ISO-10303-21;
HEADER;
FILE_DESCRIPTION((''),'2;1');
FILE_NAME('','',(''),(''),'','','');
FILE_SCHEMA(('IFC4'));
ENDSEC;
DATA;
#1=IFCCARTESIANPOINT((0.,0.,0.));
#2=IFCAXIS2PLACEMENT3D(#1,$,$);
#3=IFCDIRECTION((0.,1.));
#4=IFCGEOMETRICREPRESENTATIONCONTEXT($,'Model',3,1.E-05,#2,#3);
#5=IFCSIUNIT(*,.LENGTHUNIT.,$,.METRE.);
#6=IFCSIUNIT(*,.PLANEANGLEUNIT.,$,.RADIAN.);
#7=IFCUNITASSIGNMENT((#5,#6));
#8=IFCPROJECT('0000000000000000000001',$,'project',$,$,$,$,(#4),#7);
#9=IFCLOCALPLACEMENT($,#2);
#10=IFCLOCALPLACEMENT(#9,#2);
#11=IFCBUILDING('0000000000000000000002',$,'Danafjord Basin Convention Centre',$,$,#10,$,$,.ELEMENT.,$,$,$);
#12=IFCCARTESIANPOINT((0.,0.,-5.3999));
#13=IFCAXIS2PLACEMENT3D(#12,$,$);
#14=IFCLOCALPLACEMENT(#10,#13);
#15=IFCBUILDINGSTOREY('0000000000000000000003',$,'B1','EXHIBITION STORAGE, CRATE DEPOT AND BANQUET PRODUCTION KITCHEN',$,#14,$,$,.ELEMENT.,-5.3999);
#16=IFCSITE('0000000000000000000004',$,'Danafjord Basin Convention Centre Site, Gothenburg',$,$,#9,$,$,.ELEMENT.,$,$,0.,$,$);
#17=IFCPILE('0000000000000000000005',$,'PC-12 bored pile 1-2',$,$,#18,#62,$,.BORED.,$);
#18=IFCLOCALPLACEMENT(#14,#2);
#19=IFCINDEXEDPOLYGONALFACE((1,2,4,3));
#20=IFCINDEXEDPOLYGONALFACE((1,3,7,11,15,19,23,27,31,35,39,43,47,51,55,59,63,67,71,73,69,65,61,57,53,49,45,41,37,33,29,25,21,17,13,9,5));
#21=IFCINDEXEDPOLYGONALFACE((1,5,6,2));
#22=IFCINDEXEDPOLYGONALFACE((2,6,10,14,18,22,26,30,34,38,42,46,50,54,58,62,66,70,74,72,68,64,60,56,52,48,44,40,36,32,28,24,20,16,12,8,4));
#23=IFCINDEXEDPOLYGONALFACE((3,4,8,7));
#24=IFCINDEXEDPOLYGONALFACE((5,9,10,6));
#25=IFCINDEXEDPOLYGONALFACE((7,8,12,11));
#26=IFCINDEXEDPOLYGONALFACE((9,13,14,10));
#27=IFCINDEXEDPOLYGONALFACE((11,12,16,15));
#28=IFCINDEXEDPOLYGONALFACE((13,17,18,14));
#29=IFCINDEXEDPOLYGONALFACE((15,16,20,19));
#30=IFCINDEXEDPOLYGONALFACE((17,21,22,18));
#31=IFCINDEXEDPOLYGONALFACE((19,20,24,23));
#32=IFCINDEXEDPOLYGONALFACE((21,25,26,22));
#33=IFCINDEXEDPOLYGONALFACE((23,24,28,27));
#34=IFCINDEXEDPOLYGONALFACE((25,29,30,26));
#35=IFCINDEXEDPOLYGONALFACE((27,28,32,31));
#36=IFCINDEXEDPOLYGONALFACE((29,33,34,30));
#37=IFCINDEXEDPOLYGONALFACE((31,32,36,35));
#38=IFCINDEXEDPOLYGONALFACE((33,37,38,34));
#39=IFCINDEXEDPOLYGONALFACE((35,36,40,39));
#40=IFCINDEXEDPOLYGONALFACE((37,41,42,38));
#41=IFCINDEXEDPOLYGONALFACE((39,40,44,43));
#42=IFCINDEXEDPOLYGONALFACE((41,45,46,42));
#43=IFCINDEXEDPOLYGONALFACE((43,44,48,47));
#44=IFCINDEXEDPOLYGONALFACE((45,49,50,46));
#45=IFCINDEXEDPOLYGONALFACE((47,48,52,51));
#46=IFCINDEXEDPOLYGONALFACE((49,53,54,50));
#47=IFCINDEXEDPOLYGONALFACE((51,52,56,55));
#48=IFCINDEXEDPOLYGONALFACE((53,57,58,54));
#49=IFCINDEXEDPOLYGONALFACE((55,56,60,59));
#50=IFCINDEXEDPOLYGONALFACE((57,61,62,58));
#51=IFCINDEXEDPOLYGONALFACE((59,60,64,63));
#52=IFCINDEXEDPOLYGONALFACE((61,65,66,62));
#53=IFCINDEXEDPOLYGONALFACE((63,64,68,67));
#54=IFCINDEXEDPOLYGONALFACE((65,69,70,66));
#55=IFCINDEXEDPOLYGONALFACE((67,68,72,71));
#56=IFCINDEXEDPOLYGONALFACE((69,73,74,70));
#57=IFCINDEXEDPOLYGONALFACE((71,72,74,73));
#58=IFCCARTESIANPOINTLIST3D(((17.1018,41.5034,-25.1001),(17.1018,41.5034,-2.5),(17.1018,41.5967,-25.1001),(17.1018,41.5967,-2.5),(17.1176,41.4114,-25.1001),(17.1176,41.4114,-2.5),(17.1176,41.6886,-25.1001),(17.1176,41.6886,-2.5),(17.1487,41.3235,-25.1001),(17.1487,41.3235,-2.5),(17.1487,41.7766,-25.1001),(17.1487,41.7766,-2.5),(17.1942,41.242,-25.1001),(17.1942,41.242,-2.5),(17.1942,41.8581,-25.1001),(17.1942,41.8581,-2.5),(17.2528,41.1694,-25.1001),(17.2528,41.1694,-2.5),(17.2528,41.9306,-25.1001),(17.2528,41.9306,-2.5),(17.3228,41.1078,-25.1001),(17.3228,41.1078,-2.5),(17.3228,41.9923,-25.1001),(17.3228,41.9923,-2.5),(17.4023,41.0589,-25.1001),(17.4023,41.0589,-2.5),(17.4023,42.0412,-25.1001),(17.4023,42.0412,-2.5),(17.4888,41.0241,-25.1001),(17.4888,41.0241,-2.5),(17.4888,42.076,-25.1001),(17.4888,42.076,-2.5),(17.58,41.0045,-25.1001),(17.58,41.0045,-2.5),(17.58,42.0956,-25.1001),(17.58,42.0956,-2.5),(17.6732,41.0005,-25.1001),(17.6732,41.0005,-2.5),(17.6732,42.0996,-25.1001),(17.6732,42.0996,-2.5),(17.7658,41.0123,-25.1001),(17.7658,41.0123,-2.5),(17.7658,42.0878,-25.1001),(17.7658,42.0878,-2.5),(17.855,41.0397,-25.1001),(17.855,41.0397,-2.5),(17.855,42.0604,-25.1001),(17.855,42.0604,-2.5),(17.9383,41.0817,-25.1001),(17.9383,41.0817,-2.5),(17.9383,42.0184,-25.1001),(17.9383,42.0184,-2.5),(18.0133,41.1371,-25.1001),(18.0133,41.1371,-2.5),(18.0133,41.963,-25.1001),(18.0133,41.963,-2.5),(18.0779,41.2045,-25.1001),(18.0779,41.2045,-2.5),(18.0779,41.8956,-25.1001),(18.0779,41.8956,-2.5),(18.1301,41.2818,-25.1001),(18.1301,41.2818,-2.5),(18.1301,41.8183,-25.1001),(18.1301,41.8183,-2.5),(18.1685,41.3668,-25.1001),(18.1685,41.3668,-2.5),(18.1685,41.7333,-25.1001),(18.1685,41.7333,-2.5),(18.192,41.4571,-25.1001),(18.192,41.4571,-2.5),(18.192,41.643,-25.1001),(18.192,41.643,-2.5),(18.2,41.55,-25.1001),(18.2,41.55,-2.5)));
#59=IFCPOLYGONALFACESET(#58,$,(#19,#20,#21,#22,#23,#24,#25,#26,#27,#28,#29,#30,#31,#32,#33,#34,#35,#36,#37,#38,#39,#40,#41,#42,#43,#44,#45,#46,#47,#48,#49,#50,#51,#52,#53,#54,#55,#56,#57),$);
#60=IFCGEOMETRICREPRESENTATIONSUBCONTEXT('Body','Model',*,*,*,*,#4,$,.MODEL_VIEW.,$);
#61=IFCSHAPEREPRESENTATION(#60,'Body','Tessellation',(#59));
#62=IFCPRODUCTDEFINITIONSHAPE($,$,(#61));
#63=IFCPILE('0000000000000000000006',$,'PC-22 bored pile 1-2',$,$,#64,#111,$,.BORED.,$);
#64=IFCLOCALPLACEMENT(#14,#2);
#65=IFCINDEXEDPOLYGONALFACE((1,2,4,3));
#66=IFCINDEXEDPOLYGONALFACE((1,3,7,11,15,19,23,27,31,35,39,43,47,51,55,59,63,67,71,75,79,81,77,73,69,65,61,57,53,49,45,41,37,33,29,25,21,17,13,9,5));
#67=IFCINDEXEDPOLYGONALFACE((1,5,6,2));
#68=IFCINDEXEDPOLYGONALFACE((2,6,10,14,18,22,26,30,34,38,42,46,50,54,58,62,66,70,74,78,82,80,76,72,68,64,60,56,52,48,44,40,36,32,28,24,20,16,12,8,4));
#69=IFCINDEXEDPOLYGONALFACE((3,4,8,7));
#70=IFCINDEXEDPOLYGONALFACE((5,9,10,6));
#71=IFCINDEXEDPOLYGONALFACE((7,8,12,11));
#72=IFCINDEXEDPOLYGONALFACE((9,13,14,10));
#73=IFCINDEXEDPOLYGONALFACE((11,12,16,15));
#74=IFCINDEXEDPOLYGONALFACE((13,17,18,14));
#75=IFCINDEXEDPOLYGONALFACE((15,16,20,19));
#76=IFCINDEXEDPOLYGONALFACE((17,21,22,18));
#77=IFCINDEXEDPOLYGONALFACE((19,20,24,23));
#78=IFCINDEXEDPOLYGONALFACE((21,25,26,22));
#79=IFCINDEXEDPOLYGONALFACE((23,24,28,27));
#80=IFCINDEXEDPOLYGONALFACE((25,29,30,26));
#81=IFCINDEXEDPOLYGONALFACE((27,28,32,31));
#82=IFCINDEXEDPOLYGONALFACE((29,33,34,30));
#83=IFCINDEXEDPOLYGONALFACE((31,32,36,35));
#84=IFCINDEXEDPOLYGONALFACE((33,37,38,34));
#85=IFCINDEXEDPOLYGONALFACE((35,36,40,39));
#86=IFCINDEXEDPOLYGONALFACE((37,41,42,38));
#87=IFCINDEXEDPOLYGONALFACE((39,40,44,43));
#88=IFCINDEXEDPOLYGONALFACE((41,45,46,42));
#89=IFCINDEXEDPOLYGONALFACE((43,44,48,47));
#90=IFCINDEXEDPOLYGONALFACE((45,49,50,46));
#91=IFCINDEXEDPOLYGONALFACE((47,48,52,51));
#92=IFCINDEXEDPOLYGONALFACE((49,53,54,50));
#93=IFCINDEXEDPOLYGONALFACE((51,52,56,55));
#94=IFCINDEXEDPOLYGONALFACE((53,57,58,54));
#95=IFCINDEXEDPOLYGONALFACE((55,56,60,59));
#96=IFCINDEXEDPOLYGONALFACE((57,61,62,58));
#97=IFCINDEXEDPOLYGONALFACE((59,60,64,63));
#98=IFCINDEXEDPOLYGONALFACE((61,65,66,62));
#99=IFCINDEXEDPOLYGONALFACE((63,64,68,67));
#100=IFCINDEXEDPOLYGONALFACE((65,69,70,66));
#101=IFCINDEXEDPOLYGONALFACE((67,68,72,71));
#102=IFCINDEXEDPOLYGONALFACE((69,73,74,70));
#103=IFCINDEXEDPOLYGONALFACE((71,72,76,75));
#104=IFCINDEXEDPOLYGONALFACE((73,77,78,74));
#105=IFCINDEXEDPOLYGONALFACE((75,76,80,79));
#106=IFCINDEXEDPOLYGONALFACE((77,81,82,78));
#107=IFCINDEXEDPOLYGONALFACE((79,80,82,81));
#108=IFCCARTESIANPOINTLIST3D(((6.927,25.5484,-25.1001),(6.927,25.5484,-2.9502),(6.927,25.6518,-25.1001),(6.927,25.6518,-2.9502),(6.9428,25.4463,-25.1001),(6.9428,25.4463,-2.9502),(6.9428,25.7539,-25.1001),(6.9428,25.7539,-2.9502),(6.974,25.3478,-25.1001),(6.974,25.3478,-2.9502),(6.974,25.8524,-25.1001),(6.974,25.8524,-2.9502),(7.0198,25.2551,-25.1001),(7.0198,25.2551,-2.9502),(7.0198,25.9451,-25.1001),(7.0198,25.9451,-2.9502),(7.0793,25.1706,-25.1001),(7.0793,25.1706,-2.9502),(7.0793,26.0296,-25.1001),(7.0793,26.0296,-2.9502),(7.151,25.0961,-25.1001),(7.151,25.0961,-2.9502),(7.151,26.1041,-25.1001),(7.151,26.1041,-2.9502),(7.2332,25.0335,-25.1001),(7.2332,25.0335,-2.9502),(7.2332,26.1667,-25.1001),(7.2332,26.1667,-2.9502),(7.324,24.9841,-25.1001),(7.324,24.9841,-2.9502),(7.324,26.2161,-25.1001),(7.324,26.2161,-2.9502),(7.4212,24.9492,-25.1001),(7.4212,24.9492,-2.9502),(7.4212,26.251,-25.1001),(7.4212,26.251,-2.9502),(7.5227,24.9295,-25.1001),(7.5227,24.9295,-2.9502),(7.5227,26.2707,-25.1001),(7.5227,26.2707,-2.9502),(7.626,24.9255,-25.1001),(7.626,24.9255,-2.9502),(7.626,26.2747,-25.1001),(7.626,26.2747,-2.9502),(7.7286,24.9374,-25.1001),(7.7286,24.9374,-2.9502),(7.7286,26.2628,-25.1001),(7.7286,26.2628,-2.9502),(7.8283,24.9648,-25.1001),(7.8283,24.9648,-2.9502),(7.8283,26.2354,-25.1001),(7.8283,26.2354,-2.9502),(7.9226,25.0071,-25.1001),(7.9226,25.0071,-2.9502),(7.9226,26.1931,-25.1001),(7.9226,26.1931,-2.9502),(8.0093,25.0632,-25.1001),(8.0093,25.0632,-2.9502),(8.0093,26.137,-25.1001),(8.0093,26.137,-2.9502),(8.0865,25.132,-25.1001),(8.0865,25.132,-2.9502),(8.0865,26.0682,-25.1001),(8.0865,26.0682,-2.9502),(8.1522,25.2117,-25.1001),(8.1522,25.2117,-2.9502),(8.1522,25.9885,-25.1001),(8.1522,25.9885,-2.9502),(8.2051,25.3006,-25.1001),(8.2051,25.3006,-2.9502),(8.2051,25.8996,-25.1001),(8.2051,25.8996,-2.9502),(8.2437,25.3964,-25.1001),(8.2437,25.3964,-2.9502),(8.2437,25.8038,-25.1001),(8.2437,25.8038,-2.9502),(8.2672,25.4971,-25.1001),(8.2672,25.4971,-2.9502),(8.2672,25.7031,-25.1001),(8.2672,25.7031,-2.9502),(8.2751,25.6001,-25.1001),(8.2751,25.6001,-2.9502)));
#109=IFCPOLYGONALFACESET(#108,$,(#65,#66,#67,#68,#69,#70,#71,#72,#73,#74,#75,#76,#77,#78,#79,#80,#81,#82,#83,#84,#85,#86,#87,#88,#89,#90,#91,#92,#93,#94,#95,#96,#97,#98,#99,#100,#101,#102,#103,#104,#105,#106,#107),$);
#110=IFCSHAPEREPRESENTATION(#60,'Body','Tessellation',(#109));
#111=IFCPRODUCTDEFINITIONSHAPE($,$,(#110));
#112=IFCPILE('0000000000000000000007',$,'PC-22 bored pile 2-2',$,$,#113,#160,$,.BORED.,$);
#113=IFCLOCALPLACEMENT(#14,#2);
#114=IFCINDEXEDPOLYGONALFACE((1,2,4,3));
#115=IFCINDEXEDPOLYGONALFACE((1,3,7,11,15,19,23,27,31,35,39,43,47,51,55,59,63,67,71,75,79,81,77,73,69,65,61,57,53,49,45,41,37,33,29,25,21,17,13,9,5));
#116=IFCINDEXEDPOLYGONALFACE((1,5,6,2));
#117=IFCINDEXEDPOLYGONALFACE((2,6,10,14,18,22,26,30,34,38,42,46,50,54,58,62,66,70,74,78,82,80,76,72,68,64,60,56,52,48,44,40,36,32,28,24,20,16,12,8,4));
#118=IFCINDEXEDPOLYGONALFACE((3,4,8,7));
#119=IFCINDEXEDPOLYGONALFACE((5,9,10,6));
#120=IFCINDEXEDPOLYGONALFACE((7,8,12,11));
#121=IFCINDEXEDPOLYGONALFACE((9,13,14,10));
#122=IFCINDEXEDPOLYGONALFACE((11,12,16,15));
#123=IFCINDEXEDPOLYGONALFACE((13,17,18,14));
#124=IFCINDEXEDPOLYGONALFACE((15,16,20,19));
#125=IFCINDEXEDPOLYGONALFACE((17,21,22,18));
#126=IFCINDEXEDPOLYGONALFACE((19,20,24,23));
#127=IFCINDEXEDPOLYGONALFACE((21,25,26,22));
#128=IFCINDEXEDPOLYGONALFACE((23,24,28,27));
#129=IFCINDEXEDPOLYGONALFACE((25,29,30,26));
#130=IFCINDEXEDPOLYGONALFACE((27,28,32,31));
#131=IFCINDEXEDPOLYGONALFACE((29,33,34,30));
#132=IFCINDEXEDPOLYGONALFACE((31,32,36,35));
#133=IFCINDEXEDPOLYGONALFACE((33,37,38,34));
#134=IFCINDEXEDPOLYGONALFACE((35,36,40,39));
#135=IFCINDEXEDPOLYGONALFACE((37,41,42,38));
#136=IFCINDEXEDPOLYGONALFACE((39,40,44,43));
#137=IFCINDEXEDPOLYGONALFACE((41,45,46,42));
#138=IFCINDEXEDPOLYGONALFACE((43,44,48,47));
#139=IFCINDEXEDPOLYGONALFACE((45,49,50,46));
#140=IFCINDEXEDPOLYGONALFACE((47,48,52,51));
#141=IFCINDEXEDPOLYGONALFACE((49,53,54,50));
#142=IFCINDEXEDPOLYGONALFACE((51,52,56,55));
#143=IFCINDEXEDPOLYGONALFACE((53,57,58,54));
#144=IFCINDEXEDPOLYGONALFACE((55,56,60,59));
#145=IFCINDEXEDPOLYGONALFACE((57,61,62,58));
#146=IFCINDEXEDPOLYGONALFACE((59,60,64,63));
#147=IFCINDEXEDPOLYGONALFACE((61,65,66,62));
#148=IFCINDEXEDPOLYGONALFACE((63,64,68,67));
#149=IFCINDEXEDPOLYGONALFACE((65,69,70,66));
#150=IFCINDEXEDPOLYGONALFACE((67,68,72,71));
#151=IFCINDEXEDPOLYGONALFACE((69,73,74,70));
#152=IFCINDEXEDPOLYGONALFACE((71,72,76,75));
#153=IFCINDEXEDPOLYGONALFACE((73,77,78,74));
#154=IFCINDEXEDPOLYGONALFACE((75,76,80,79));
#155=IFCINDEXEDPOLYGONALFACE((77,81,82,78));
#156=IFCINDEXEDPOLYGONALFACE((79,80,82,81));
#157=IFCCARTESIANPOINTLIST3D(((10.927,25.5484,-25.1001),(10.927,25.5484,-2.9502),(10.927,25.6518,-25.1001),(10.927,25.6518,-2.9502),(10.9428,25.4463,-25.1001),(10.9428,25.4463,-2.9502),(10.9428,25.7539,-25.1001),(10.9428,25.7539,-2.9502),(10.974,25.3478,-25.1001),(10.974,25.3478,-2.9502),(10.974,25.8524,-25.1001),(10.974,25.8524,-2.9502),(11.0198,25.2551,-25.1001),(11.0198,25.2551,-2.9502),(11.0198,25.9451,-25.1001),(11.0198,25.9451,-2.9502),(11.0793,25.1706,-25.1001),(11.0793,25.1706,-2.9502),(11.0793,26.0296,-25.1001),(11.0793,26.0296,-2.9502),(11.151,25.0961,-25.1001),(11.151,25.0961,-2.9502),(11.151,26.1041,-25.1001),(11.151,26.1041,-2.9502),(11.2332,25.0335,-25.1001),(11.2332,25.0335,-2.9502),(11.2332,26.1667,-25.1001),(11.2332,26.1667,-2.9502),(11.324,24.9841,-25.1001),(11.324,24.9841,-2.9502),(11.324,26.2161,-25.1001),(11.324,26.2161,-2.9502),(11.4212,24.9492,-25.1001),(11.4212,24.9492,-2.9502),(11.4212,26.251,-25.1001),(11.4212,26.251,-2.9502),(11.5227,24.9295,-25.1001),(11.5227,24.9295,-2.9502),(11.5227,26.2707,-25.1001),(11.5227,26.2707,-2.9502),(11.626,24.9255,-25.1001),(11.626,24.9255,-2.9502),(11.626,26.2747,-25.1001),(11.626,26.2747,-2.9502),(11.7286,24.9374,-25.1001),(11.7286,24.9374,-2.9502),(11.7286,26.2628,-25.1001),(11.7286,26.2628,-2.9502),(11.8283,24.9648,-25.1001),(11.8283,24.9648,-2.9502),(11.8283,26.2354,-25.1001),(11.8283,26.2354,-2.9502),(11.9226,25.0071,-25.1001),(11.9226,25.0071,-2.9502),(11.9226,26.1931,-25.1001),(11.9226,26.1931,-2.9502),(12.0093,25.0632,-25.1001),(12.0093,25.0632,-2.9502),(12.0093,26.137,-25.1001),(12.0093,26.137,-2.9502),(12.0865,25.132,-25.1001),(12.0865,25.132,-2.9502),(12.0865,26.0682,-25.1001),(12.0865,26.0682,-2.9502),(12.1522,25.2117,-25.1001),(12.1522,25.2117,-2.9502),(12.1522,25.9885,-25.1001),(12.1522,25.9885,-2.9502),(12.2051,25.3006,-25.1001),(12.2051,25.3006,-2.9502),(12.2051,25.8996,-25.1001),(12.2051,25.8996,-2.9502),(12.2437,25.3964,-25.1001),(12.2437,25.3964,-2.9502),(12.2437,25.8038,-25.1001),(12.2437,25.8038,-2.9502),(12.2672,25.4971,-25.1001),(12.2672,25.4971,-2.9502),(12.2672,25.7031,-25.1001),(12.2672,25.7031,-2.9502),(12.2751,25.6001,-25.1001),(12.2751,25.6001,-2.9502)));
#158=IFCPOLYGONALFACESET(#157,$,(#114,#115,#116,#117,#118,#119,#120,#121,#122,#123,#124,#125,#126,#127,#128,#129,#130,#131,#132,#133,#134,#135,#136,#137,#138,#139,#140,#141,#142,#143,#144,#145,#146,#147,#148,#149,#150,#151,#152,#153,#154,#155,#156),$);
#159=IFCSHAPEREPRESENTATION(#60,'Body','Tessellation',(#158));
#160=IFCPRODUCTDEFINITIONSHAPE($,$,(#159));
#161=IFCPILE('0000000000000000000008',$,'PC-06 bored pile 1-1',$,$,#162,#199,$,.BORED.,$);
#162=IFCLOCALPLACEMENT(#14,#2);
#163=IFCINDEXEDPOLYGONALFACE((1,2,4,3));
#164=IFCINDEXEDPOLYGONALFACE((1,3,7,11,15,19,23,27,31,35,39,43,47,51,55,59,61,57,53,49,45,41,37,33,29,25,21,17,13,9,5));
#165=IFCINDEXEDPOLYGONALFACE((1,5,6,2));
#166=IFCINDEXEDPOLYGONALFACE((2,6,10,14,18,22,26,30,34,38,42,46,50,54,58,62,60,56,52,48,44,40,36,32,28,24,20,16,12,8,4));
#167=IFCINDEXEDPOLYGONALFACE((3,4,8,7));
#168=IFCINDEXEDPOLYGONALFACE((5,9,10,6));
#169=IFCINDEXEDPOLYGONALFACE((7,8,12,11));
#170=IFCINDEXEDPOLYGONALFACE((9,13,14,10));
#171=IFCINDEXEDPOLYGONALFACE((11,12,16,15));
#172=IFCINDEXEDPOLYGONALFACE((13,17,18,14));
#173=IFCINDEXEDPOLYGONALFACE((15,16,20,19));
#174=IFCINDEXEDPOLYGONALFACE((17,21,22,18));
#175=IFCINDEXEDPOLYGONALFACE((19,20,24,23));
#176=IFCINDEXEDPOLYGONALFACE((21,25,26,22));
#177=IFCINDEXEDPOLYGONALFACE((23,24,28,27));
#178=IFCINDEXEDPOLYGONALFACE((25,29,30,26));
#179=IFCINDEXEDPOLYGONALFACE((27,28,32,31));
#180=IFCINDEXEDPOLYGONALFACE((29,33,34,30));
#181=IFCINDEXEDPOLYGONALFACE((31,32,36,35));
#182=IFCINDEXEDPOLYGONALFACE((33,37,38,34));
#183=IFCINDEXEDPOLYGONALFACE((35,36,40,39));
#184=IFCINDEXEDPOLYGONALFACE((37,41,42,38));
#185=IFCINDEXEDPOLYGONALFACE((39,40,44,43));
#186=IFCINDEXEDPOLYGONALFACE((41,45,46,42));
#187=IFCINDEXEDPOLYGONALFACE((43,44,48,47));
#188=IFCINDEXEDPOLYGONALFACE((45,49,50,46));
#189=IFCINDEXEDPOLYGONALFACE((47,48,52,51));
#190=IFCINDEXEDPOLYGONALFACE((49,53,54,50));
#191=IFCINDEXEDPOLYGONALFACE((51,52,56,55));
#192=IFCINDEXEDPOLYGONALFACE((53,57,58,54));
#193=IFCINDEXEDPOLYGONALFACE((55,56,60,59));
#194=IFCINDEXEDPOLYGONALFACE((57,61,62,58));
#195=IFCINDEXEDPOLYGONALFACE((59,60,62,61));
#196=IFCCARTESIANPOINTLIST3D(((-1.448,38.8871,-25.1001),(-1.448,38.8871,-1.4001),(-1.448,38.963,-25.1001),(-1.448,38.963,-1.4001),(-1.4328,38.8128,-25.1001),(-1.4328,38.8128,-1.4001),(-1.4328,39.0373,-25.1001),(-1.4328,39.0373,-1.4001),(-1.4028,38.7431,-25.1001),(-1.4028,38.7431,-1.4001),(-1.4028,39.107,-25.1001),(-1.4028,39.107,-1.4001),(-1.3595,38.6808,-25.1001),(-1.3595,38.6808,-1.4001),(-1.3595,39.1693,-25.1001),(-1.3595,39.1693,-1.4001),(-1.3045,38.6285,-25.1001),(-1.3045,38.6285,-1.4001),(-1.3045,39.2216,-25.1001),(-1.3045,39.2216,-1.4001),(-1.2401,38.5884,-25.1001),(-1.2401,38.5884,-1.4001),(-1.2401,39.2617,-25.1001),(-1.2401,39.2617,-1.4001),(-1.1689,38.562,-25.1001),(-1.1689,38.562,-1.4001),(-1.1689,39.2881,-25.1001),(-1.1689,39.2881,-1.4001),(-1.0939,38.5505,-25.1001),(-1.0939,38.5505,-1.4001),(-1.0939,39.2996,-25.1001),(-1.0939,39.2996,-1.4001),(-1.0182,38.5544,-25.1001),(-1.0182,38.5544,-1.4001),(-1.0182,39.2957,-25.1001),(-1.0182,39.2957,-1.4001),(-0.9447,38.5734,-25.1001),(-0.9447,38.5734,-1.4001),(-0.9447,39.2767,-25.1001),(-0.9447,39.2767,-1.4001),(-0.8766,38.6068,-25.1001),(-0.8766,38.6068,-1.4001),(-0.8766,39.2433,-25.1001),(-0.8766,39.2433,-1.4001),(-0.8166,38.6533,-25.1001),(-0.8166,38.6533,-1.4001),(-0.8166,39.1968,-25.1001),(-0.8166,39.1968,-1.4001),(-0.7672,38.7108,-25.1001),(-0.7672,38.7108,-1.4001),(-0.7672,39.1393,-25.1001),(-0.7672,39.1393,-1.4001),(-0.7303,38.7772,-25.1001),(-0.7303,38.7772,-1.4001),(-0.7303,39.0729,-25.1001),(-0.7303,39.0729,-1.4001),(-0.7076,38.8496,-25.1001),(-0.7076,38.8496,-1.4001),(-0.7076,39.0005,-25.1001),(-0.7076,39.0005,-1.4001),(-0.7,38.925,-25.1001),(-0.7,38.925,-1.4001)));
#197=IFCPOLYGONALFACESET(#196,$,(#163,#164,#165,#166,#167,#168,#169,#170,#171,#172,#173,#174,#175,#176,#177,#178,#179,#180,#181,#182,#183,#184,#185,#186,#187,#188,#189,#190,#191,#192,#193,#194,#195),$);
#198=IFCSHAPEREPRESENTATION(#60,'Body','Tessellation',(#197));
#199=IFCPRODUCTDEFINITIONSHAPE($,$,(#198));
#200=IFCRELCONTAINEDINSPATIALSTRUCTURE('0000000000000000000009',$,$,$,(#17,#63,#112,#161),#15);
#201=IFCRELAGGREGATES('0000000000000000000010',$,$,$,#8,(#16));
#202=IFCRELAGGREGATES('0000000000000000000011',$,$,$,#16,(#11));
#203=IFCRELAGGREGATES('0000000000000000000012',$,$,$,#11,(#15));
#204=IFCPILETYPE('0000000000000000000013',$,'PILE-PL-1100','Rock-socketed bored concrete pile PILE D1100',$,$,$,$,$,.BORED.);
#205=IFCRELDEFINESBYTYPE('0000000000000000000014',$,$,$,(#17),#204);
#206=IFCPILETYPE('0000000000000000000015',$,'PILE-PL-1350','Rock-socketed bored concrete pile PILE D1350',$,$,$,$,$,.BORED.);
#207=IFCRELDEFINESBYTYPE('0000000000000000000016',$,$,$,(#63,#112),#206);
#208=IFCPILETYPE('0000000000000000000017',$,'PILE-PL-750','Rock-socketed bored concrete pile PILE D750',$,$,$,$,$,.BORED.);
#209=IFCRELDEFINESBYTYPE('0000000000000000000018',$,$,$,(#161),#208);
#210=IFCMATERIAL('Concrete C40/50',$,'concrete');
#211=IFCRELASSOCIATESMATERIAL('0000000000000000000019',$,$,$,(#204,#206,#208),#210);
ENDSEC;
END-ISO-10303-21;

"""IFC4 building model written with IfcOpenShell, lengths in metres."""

from ifc_helpers import new_model, si_unit, direction, frame, origin, origin_2d, place, context, subcontext, project, spatial, circle, extrude, material, material_profile, profile_set, type_object, element, save


model = new_model("IFC4")

# Units and contexts
model_context = context("Model", 3, precision=1e-05, world=origin(), true_north=direction((0.0, 1.0)))
body_context = subcontext(model_context, "Body", "Model", "MODEL_VIEW")
ifc_project = project(units=[si_unit("LENGTHUNIT", "METRE"), si_unit("PLANEANGLEUNIT", "RADIAN")], contexts=[model_context])

# Site, building, storey
site_placement = place(None, origin())
site = spatial("IfcSite", under=ifc_project, at=site_placement, Name="Danafjord Basin Convention Centre Site, Gothenburg", CompositionType="ELEMENT", RefElevation=0.0)
building_placement = place(site_placement, origin())
building = spatial("IfcBuilding", under=site, at=building_placement, Name="Danafjord Basin Convention Centre", CompositionType="ELEMENT")
storey_placement = place(building_placement, frame((0.0, 0.0, -5.3999)))
storey = spatial("IfcBuildingStorey", under=building, at=storey_placement, Name="B1", Description="EXHIBITION STORAGE, CRATE DEPOT AND BANQUET PRODUCTION KITCHEN", CompositionType="ELEMENT", Elevation=-5.3999)

# Shared definitions
ifc_material_1 = material(Name="Concrete C40/50", Category="concrete")

# Piles
ifc_material_profile_1 = material_profile(ifc_material_1, circle(Radius=0.55, at=origin_2d()), Name="PILE D1100")
ifc_profile_set_1 = profile_set([ifc_material_profile_1], Name="Concrete C40/50")
pile_type_1 = type_object("IfcPileType", Name="PILE-PL-1100", Description="Rock-socketed bored concrete pile PILE D1100", PredefinedType="BORED", material=ifc_profile_set_1)
for number, where, z_axis, x_axis, name in (
    (1, (17.6499, 41.55, -2.5), (0.0, 0.0, -1.0), (1.0, 0.0, 0.0), "PC-12 bored pile 1-2"),
):
    element("IfcPile", number, at=place(storey_placement, frame(where, z_axis=z_axis, x_axis=x_axis)), inside=storey, type_object=pile_type_1, Name=name, PredefinedType="BORED", context=body_context, shape_type="SweptSolid", body=[
        extrude(circle(Radius=0.55, at=origin_2d()), origin(), (0.0, 0.0, 1.0), 22.6001),
    ])
ifc_material_profile_2 = material_profile(ifc_material_1, circle(Radius=0.675, at=origin_2d()), Name="PILE D1350")
ifc_profile_set_2 = profile_set([ifc_material_profile_2], Name="Concrete C40/50")
pile_type_2 = type_object("IfcPileType", Name="PILE-PL-1350", Description="Rock-socketed bored concrete pile PILE D1350", PredefinedType="BORED", material=ifc_profile_set_2)
for number, where, z_axis, x_axis, name in (
    (2, (7.6001, 25.6001, -2.9502), (0.0, 0.0, -1.0), (1.0, 0.0, 0.0), "PC-22 bored pile 1-2"),
    (3, (11.6001, 25.6001, -2.9502), (0.0, 0.0, -1.0), (1.0, 0.0, 0.0), "PC-22 bored pile 2-2"),
):
    element("IfcPile", number, at=place(storey_placement, frame(where, z_axis=z_axis, x_axis=x_axis)), inside=storey, type_object=pile_type_2, Name=name, PredefinedType="BORED", context=body_context, shape_type="SweptSolid", body=[
        extrude(circle(Radius=0.675, at=origin_2d()), origin(), (0.0, 0.0, 1.0), 22.1499),
    ])
ifc_material_profile_3 = material_profile(ifc_material_1, circle(Radius=0.375, at=origin_2d()), Name="PILE D750")
ifc_profile_set_3 = profile_set([ifc_material_profile_3], Name="Concrete C40/50")
pile_type_3 = type_object("IfcPileType", Name="PILE-PL-750", Description="Rock-socketed bored concrete pile PILE D750", PredefinedType="BORED", material=ifc_profile_set_3)
for number, where, z_axis, x_axis, name in (
    (4, (-1.075, 38.925, -1.4001), (0.0, 0.0, -1.0), (1.0, 0.0, 0.0), "PC-06 bored pile 1-1"),
):
    element("IfcPile", number, at=place(storey_placement, frame(where, z_axis=z_axis, x_axis=x_axis)), inside=storey, type_object=pile_type_3, Name=name, PredefinedType="BORED", context=body_context, shape_type="SweptSolid", body=[
        extrude(circle(Radius=0.375, at=origin_2d()), origin(), (0.0, 0.0, 1.0), 23.7),
    ])

save(model, "model.ifc")
